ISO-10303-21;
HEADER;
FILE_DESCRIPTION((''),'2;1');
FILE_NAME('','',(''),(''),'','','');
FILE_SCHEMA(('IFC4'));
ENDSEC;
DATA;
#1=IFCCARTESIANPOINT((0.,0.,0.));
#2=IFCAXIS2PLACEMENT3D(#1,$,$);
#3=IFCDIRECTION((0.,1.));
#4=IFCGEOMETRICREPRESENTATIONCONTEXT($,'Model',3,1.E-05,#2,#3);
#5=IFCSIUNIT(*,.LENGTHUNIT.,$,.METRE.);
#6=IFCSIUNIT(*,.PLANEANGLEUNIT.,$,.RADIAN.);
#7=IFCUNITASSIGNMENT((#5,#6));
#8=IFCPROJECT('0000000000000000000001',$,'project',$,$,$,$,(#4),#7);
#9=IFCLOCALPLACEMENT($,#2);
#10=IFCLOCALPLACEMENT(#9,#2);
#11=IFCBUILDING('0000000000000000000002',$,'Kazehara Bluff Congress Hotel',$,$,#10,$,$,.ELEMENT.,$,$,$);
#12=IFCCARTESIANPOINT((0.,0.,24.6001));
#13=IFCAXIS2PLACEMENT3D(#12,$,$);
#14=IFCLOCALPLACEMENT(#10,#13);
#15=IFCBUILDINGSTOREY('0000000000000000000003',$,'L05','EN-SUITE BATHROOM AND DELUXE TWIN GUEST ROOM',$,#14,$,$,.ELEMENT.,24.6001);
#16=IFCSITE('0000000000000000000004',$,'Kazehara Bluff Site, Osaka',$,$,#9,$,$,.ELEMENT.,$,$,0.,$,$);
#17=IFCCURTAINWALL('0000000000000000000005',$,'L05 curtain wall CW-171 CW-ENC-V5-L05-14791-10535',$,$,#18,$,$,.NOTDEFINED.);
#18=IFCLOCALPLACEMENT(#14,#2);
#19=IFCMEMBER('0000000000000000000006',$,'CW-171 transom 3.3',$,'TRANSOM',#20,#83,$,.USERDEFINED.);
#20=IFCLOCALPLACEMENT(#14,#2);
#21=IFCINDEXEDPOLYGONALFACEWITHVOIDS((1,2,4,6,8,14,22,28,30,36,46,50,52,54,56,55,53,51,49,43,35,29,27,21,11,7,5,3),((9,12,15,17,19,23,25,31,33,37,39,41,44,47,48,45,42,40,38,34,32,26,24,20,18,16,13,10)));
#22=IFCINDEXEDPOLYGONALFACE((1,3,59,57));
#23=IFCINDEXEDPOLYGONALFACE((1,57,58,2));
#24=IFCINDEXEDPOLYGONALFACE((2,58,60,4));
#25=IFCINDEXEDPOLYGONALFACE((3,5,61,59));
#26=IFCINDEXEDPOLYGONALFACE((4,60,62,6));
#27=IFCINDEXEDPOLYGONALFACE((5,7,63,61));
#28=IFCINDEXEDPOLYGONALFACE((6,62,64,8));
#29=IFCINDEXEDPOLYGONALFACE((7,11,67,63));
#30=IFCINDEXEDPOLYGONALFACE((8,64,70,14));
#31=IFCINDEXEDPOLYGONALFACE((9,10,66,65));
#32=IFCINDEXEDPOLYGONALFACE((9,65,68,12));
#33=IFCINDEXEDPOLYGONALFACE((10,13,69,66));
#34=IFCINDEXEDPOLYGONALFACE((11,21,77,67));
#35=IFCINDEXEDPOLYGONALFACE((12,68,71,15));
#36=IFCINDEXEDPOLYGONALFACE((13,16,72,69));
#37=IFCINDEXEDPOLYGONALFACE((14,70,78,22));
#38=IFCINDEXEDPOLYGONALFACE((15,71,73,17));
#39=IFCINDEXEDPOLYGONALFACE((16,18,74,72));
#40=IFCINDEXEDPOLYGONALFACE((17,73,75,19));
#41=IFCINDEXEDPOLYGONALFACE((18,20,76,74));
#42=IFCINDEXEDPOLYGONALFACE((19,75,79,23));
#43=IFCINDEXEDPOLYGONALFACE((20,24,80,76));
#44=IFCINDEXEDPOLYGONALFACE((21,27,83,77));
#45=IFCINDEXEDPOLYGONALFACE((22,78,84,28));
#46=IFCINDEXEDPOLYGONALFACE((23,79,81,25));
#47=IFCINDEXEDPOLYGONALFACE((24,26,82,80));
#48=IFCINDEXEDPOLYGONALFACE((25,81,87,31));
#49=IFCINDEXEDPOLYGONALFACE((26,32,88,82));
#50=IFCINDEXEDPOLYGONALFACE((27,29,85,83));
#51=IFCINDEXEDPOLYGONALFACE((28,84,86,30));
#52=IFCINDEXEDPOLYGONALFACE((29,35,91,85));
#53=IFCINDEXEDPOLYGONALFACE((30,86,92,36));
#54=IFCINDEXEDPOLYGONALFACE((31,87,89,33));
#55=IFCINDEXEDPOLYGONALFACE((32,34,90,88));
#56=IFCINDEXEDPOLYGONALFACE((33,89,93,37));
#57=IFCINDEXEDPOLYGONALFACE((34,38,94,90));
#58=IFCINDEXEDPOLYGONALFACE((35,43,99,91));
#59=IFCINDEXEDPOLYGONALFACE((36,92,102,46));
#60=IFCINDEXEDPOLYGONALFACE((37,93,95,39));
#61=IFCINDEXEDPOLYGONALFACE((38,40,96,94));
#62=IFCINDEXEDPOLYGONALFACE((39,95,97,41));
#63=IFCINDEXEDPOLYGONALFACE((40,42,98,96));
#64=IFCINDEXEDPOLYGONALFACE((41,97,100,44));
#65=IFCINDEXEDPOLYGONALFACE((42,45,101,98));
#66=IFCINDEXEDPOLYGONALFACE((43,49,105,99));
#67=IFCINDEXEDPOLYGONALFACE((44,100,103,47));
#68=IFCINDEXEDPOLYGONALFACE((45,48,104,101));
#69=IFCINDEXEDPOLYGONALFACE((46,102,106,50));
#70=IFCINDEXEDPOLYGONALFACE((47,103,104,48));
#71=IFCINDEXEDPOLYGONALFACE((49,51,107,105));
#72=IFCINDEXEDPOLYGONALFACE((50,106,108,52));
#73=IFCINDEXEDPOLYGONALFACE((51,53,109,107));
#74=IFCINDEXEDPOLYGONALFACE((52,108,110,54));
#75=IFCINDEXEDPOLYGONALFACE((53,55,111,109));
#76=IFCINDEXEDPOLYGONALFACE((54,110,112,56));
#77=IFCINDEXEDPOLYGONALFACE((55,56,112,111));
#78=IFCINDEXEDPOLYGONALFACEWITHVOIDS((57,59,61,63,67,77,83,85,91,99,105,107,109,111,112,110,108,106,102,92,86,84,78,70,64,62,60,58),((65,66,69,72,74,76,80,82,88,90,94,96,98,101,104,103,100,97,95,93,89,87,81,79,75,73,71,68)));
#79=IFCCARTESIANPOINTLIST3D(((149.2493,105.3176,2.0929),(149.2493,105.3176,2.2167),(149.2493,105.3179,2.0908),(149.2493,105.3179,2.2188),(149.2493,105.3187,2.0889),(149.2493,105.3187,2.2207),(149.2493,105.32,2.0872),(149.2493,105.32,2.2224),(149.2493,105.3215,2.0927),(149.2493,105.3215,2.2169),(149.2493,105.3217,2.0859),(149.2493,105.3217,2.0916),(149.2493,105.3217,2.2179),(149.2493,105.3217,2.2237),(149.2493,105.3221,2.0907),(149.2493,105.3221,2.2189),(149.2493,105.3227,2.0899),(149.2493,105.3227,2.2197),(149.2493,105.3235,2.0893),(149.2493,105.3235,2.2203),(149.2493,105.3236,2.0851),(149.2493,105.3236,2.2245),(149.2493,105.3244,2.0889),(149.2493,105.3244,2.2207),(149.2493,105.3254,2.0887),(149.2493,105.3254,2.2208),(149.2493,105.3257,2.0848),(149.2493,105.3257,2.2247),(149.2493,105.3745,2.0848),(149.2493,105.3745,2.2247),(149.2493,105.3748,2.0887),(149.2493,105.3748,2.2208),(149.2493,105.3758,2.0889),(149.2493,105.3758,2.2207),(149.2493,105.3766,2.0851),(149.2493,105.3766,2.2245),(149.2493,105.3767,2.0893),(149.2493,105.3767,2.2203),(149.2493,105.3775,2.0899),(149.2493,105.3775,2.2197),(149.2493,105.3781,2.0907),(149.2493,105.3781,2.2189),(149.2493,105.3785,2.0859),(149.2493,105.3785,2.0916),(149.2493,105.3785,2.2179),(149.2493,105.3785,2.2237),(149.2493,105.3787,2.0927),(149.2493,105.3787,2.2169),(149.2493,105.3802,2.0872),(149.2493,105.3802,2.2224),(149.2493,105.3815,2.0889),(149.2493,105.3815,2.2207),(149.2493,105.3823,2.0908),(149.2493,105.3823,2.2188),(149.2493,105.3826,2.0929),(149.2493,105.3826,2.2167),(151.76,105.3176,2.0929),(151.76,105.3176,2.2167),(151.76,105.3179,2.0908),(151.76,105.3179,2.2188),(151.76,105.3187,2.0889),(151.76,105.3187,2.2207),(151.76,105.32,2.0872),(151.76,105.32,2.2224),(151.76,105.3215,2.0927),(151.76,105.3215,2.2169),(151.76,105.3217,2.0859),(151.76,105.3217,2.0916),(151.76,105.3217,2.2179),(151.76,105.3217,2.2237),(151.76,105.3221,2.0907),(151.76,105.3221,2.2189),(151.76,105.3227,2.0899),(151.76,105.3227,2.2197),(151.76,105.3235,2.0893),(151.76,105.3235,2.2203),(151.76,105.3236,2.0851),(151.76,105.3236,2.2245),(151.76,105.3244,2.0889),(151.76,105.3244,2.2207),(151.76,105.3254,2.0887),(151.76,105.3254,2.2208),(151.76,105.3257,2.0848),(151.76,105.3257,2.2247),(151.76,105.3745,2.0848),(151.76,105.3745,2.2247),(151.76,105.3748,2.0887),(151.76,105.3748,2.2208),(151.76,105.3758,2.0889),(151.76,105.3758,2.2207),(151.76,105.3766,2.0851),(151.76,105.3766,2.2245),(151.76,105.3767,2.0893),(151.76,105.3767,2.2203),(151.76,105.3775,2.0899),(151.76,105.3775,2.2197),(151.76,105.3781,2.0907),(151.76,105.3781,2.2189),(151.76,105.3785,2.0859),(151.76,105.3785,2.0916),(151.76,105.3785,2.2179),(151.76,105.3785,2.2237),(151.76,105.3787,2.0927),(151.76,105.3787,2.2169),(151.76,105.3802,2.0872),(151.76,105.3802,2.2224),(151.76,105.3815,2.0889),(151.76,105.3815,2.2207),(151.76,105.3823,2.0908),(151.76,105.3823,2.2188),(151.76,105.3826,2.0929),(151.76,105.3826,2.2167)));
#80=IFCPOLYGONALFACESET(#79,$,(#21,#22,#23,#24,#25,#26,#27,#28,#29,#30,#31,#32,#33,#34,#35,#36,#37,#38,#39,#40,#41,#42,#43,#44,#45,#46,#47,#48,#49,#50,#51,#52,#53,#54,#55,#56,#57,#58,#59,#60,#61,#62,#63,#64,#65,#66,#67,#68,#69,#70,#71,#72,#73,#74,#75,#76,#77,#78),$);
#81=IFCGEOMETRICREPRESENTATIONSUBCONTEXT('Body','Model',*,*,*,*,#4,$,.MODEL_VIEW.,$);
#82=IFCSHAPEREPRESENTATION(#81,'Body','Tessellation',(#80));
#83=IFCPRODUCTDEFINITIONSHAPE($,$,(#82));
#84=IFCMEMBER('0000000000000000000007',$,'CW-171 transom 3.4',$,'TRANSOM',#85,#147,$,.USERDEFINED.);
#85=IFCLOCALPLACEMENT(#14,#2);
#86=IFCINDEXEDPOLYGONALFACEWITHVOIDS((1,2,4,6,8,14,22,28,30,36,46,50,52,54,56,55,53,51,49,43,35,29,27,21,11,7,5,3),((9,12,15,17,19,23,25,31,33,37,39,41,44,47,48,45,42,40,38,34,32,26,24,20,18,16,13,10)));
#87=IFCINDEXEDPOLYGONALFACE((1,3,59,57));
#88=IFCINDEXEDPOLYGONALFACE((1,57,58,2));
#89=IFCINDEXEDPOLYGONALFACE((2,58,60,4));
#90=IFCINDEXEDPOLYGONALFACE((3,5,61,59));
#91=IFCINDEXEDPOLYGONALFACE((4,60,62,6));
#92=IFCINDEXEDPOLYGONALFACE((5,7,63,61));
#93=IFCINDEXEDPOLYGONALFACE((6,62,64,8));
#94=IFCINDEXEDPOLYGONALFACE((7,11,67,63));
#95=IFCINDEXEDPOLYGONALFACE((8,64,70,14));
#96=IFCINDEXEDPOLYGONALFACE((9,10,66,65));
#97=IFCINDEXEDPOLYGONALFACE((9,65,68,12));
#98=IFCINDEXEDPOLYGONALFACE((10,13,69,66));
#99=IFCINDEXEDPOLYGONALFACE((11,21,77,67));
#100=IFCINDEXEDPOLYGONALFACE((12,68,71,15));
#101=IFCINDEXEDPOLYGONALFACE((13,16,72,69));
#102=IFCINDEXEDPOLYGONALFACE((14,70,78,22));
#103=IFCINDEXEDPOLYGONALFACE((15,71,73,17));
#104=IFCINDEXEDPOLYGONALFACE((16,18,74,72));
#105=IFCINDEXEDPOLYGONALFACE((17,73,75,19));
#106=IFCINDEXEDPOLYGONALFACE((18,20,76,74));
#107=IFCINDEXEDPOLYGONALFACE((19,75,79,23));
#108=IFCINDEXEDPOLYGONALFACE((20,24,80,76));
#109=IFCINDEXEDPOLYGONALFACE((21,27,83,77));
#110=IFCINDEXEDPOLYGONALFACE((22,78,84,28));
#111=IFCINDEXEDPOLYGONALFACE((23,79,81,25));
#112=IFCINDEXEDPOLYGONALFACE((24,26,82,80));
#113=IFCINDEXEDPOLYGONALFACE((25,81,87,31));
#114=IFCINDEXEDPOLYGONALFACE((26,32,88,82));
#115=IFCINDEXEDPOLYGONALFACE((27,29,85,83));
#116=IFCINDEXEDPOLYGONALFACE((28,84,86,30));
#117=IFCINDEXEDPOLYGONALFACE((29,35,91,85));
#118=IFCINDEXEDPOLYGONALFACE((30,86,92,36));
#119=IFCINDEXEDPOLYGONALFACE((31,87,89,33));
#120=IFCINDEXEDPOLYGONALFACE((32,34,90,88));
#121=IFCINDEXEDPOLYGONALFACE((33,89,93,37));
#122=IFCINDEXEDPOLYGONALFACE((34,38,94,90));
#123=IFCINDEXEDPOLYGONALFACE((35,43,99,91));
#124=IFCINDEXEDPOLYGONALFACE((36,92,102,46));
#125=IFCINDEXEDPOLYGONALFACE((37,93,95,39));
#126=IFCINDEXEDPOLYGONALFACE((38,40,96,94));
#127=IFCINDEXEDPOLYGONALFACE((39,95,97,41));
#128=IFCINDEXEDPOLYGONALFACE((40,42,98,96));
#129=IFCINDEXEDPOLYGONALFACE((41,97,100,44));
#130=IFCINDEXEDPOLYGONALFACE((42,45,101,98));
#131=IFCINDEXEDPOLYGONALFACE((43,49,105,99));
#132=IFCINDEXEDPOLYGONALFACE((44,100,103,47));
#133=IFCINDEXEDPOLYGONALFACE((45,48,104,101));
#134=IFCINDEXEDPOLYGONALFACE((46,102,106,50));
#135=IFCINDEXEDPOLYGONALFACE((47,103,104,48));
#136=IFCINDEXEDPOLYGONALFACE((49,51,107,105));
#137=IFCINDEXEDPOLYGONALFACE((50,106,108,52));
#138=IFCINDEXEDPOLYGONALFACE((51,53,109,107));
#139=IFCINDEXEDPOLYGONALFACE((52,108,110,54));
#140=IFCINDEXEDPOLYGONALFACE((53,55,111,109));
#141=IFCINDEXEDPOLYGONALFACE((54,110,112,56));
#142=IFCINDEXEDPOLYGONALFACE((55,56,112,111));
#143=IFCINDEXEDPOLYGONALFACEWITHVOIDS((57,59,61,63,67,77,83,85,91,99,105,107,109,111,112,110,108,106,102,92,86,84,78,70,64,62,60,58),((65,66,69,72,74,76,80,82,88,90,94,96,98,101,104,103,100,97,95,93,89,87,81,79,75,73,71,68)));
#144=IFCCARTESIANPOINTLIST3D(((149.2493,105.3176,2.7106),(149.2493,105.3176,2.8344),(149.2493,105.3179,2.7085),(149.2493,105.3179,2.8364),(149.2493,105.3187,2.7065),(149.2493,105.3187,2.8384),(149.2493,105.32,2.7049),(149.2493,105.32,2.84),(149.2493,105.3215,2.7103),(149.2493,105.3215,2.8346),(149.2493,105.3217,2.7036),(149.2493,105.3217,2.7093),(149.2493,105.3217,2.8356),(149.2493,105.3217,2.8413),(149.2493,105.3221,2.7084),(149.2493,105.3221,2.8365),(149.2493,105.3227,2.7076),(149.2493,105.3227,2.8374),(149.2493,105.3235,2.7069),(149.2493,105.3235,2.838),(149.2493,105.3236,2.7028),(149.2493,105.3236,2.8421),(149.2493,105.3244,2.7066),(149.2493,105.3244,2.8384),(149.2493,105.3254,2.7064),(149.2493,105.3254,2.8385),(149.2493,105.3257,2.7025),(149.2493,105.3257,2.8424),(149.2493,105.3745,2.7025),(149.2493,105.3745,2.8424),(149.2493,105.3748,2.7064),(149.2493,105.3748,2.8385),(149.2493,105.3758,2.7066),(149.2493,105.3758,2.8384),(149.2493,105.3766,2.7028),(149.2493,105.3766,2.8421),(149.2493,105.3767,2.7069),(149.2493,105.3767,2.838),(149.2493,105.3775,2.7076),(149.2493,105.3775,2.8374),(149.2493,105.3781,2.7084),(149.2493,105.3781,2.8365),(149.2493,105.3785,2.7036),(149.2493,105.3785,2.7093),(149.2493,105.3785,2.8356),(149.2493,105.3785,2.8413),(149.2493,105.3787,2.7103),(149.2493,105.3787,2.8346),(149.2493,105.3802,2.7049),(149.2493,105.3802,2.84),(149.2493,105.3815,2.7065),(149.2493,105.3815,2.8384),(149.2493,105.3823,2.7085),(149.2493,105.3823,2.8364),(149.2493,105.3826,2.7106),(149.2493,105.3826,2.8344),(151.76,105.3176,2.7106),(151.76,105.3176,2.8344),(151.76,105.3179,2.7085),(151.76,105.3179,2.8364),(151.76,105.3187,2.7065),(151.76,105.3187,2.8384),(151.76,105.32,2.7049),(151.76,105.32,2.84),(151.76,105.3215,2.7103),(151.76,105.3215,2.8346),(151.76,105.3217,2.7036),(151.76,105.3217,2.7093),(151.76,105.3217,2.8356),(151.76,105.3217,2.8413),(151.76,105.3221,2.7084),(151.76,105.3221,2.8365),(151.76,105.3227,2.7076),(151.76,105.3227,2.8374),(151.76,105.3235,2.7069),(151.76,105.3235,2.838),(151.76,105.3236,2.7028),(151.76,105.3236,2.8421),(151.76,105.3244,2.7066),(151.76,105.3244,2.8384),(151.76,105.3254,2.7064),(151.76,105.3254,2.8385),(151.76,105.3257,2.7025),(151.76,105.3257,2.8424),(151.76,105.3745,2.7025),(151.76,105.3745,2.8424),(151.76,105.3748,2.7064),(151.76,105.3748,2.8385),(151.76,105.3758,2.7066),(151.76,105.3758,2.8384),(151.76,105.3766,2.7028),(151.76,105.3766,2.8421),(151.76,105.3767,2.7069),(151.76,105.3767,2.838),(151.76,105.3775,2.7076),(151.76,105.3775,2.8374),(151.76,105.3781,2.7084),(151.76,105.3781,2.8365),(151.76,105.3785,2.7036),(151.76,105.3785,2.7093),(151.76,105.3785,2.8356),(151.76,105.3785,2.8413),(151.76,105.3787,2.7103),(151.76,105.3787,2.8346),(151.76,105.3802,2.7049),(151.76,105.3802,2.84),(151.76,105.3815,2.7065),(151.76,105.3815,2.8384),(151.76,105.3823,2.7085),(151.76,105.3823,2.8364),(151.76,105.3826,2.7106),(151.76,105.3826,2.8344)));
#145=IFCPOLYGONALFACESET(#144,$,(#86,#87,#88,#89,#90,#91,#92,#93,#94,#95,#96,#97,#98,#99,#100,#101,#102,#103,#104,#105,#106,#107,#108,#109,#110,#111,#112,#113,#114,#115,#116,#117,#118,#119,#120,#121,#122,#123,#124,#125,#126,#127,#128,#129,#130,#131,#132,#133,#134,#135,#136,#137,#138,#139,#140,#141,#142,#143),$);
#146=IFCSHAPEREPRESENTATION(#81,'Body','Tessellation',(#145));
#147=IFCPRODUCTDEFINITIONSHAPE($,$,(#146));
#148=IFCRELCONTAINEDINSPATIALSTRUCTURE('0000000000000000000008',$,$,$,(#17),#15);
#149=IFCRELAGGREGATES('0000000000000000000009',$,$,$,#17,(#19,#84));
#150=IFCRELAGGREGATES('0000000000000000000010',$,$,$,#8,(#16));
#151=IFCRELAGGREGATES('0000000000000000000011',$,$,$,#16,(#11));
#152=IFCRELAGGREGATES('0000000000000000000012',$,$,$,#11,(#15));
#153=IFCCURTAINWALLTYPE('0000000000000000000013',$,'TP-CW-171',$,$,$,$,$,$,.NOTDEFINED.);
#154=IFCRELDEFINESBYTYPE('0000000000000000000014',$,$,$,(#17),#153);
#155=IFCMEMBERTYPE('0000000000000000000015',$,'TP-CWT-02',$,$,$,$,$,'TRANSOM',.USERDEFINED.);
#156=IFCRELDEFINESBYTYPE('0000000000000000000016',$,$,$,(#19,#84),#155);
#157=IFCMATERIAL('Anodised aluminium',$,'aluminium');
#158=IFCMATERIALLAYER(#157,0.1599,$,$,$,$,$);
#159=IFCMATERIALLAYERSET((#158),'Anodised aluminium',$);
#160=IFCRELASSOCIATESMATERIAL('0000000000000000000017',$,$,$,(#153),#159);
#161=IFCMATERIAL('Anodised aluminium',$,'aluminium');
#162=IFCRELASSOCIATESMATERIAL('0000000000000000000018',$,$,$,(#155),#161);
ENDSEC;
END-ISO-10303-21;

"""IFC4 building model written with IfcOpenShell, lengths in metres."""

from ifc_helpers import new_model, si_unit, direction, frame, origin, origin_2d, place, context, subcontext, project, spatial, hollow_rectangle, extrude, material, layer, layer_set, material_profile, profile_set, type_object, element, aggregate, save


model = new_model("IFC4")

# Units and contexts
model_context = context("Model", 3, precision=1e-05, world=origin(), true_north=direction((0.0, 1.0)))
body_context = subcontext(model_context, "Body", "Model", "MODEL_VIEW")
ifc_project = project(units=[si_unit("LENGTHUNIT", "METRE"), si_unit("PLANEANGLEUNIT", "RADIAN")], contexts=[model_context])

# Site, building, storey
site_placement = place(None, origin())
site = spatial("IfcSite", under=ifc_project, at=site_placement, Name="Kazehara Bluff Site, Osaka", CompositionType="ELEMENT", RefElevation=0.0)
building_placement = place(site_placement, origin())
building = spatial("IfcBuilding", under=site, at=building_placement, Name="Kazehara Bluff Congress Hotel", CompositionType="ELEMENT")
storey_placement = place(building_placement, frame((0.0, 0.0, 24.6001)))
storey = spatial("IfcBuildingStorey", under=building, at=storey_placement, Name="L05", Description="EN-SUITE BATHROOM AND DELUXE TWIN GUEST ROOM", CompositionType="ELEMENT", Elevation=24.6001)

# Curtain wall
ifc_material_1 = material(Name="Anodised aluminium", Category="aluminium")
ifc_layer_1 = layer(ifc_material_1, 0.1599)
ifc_layer_set_1 = layer_set([ifc_layer_1], Name="Anodised aluminium")
curtain_wall_type_1 = type_object("IfcCurtainWallType", Name="TP-CW-171", PredefinedType="NOTDEFINED", material=ifc_layer_set_1)
curtain_wall_1_placement = place(storey_placement, origin())
curtain_wall_1 = element("IfcCurtainWall", 1, at=curtain_wall_1_placement, inside=storey, type_object=curtain_wall_type_1, Name="L05 curtain wall CW-171 CW-ENC-V5-L05-14791-10535", PredefinedType="NOTDEFINED")

# Members
ifc_material_2 = material(Name="Anodised aluminium", Category="aluminium")
ifc_material_profile_1 = material_profile(ifc_material_2, hollow_rectangle(XDim=0.0649, YDim=0.1399, WallThickness=0.0039, InnerFilletRadius=0.0039, OuterFilletRadius=0.0081, at=origin_2d()))
ifc_profile_set_1 = profile_set([ifc_material_profile_1], Name="Anodised aluminium")
member_type_1 = type_object("IfcMemberType", Name="TP-CWT-02", ElementType="TRANSOM", PredefinedType="USERDEFINED", material=ifc_profile_set_1)
member_1_placement = place(storey_placement, frame((149.2493, 105.3501, 2.1548), z_axis=(1.0, 0.0, 0.0), x_axis=(0.0, 1.0, 0.0)))
member_1 = element("IfcMember", 2, at=member_1_placement, type_object=member_type_1, Name="CW-171 transom 3.3", ObjectType="TRANSOM", PredefinedType="USERDEFINED", context=body_context, shape_type="SweptSolid", body=[
    extrude(hollow_rectangle(XDim=0.0649, YDim=0.1399, WallThickness=0.0039, InnerFilletRadius=0.0039, OuterFilletRadius=0.0081, at=origin_2d()), origin(), (0.0, 0.0, 1.0), 2.5107),
])
member_2_placement = place(storey_placement, frame((149.2493, 105.3501, 2.7725), z_axis=(1.0, 0.0, 0.0), x_axis=(0.0, 1.0, 0.0)))
member_2 = element("IfcMember", 3, at=member_2_placement, type_object=member_type_1, Name="CW-171 transom 3.4", ObjectType="TRANSOM", PredefinedType="USERDEFINED", context=body_context, shape_type="SweptSolid", body=[
    extrude(hollow_rectangle(XDim=0.0649, YDim=0.1399, WallThickness=0.0039, InnerFilletRadius=0.0039, OuterFilletRadius=0.0081, at=origin_2d()), origin(), (0.0, 0.0, 1.0), 2.5107),
])

aggregate(curtain_wall_1, [member_1, member_2])

save(model, "model.ifc")
